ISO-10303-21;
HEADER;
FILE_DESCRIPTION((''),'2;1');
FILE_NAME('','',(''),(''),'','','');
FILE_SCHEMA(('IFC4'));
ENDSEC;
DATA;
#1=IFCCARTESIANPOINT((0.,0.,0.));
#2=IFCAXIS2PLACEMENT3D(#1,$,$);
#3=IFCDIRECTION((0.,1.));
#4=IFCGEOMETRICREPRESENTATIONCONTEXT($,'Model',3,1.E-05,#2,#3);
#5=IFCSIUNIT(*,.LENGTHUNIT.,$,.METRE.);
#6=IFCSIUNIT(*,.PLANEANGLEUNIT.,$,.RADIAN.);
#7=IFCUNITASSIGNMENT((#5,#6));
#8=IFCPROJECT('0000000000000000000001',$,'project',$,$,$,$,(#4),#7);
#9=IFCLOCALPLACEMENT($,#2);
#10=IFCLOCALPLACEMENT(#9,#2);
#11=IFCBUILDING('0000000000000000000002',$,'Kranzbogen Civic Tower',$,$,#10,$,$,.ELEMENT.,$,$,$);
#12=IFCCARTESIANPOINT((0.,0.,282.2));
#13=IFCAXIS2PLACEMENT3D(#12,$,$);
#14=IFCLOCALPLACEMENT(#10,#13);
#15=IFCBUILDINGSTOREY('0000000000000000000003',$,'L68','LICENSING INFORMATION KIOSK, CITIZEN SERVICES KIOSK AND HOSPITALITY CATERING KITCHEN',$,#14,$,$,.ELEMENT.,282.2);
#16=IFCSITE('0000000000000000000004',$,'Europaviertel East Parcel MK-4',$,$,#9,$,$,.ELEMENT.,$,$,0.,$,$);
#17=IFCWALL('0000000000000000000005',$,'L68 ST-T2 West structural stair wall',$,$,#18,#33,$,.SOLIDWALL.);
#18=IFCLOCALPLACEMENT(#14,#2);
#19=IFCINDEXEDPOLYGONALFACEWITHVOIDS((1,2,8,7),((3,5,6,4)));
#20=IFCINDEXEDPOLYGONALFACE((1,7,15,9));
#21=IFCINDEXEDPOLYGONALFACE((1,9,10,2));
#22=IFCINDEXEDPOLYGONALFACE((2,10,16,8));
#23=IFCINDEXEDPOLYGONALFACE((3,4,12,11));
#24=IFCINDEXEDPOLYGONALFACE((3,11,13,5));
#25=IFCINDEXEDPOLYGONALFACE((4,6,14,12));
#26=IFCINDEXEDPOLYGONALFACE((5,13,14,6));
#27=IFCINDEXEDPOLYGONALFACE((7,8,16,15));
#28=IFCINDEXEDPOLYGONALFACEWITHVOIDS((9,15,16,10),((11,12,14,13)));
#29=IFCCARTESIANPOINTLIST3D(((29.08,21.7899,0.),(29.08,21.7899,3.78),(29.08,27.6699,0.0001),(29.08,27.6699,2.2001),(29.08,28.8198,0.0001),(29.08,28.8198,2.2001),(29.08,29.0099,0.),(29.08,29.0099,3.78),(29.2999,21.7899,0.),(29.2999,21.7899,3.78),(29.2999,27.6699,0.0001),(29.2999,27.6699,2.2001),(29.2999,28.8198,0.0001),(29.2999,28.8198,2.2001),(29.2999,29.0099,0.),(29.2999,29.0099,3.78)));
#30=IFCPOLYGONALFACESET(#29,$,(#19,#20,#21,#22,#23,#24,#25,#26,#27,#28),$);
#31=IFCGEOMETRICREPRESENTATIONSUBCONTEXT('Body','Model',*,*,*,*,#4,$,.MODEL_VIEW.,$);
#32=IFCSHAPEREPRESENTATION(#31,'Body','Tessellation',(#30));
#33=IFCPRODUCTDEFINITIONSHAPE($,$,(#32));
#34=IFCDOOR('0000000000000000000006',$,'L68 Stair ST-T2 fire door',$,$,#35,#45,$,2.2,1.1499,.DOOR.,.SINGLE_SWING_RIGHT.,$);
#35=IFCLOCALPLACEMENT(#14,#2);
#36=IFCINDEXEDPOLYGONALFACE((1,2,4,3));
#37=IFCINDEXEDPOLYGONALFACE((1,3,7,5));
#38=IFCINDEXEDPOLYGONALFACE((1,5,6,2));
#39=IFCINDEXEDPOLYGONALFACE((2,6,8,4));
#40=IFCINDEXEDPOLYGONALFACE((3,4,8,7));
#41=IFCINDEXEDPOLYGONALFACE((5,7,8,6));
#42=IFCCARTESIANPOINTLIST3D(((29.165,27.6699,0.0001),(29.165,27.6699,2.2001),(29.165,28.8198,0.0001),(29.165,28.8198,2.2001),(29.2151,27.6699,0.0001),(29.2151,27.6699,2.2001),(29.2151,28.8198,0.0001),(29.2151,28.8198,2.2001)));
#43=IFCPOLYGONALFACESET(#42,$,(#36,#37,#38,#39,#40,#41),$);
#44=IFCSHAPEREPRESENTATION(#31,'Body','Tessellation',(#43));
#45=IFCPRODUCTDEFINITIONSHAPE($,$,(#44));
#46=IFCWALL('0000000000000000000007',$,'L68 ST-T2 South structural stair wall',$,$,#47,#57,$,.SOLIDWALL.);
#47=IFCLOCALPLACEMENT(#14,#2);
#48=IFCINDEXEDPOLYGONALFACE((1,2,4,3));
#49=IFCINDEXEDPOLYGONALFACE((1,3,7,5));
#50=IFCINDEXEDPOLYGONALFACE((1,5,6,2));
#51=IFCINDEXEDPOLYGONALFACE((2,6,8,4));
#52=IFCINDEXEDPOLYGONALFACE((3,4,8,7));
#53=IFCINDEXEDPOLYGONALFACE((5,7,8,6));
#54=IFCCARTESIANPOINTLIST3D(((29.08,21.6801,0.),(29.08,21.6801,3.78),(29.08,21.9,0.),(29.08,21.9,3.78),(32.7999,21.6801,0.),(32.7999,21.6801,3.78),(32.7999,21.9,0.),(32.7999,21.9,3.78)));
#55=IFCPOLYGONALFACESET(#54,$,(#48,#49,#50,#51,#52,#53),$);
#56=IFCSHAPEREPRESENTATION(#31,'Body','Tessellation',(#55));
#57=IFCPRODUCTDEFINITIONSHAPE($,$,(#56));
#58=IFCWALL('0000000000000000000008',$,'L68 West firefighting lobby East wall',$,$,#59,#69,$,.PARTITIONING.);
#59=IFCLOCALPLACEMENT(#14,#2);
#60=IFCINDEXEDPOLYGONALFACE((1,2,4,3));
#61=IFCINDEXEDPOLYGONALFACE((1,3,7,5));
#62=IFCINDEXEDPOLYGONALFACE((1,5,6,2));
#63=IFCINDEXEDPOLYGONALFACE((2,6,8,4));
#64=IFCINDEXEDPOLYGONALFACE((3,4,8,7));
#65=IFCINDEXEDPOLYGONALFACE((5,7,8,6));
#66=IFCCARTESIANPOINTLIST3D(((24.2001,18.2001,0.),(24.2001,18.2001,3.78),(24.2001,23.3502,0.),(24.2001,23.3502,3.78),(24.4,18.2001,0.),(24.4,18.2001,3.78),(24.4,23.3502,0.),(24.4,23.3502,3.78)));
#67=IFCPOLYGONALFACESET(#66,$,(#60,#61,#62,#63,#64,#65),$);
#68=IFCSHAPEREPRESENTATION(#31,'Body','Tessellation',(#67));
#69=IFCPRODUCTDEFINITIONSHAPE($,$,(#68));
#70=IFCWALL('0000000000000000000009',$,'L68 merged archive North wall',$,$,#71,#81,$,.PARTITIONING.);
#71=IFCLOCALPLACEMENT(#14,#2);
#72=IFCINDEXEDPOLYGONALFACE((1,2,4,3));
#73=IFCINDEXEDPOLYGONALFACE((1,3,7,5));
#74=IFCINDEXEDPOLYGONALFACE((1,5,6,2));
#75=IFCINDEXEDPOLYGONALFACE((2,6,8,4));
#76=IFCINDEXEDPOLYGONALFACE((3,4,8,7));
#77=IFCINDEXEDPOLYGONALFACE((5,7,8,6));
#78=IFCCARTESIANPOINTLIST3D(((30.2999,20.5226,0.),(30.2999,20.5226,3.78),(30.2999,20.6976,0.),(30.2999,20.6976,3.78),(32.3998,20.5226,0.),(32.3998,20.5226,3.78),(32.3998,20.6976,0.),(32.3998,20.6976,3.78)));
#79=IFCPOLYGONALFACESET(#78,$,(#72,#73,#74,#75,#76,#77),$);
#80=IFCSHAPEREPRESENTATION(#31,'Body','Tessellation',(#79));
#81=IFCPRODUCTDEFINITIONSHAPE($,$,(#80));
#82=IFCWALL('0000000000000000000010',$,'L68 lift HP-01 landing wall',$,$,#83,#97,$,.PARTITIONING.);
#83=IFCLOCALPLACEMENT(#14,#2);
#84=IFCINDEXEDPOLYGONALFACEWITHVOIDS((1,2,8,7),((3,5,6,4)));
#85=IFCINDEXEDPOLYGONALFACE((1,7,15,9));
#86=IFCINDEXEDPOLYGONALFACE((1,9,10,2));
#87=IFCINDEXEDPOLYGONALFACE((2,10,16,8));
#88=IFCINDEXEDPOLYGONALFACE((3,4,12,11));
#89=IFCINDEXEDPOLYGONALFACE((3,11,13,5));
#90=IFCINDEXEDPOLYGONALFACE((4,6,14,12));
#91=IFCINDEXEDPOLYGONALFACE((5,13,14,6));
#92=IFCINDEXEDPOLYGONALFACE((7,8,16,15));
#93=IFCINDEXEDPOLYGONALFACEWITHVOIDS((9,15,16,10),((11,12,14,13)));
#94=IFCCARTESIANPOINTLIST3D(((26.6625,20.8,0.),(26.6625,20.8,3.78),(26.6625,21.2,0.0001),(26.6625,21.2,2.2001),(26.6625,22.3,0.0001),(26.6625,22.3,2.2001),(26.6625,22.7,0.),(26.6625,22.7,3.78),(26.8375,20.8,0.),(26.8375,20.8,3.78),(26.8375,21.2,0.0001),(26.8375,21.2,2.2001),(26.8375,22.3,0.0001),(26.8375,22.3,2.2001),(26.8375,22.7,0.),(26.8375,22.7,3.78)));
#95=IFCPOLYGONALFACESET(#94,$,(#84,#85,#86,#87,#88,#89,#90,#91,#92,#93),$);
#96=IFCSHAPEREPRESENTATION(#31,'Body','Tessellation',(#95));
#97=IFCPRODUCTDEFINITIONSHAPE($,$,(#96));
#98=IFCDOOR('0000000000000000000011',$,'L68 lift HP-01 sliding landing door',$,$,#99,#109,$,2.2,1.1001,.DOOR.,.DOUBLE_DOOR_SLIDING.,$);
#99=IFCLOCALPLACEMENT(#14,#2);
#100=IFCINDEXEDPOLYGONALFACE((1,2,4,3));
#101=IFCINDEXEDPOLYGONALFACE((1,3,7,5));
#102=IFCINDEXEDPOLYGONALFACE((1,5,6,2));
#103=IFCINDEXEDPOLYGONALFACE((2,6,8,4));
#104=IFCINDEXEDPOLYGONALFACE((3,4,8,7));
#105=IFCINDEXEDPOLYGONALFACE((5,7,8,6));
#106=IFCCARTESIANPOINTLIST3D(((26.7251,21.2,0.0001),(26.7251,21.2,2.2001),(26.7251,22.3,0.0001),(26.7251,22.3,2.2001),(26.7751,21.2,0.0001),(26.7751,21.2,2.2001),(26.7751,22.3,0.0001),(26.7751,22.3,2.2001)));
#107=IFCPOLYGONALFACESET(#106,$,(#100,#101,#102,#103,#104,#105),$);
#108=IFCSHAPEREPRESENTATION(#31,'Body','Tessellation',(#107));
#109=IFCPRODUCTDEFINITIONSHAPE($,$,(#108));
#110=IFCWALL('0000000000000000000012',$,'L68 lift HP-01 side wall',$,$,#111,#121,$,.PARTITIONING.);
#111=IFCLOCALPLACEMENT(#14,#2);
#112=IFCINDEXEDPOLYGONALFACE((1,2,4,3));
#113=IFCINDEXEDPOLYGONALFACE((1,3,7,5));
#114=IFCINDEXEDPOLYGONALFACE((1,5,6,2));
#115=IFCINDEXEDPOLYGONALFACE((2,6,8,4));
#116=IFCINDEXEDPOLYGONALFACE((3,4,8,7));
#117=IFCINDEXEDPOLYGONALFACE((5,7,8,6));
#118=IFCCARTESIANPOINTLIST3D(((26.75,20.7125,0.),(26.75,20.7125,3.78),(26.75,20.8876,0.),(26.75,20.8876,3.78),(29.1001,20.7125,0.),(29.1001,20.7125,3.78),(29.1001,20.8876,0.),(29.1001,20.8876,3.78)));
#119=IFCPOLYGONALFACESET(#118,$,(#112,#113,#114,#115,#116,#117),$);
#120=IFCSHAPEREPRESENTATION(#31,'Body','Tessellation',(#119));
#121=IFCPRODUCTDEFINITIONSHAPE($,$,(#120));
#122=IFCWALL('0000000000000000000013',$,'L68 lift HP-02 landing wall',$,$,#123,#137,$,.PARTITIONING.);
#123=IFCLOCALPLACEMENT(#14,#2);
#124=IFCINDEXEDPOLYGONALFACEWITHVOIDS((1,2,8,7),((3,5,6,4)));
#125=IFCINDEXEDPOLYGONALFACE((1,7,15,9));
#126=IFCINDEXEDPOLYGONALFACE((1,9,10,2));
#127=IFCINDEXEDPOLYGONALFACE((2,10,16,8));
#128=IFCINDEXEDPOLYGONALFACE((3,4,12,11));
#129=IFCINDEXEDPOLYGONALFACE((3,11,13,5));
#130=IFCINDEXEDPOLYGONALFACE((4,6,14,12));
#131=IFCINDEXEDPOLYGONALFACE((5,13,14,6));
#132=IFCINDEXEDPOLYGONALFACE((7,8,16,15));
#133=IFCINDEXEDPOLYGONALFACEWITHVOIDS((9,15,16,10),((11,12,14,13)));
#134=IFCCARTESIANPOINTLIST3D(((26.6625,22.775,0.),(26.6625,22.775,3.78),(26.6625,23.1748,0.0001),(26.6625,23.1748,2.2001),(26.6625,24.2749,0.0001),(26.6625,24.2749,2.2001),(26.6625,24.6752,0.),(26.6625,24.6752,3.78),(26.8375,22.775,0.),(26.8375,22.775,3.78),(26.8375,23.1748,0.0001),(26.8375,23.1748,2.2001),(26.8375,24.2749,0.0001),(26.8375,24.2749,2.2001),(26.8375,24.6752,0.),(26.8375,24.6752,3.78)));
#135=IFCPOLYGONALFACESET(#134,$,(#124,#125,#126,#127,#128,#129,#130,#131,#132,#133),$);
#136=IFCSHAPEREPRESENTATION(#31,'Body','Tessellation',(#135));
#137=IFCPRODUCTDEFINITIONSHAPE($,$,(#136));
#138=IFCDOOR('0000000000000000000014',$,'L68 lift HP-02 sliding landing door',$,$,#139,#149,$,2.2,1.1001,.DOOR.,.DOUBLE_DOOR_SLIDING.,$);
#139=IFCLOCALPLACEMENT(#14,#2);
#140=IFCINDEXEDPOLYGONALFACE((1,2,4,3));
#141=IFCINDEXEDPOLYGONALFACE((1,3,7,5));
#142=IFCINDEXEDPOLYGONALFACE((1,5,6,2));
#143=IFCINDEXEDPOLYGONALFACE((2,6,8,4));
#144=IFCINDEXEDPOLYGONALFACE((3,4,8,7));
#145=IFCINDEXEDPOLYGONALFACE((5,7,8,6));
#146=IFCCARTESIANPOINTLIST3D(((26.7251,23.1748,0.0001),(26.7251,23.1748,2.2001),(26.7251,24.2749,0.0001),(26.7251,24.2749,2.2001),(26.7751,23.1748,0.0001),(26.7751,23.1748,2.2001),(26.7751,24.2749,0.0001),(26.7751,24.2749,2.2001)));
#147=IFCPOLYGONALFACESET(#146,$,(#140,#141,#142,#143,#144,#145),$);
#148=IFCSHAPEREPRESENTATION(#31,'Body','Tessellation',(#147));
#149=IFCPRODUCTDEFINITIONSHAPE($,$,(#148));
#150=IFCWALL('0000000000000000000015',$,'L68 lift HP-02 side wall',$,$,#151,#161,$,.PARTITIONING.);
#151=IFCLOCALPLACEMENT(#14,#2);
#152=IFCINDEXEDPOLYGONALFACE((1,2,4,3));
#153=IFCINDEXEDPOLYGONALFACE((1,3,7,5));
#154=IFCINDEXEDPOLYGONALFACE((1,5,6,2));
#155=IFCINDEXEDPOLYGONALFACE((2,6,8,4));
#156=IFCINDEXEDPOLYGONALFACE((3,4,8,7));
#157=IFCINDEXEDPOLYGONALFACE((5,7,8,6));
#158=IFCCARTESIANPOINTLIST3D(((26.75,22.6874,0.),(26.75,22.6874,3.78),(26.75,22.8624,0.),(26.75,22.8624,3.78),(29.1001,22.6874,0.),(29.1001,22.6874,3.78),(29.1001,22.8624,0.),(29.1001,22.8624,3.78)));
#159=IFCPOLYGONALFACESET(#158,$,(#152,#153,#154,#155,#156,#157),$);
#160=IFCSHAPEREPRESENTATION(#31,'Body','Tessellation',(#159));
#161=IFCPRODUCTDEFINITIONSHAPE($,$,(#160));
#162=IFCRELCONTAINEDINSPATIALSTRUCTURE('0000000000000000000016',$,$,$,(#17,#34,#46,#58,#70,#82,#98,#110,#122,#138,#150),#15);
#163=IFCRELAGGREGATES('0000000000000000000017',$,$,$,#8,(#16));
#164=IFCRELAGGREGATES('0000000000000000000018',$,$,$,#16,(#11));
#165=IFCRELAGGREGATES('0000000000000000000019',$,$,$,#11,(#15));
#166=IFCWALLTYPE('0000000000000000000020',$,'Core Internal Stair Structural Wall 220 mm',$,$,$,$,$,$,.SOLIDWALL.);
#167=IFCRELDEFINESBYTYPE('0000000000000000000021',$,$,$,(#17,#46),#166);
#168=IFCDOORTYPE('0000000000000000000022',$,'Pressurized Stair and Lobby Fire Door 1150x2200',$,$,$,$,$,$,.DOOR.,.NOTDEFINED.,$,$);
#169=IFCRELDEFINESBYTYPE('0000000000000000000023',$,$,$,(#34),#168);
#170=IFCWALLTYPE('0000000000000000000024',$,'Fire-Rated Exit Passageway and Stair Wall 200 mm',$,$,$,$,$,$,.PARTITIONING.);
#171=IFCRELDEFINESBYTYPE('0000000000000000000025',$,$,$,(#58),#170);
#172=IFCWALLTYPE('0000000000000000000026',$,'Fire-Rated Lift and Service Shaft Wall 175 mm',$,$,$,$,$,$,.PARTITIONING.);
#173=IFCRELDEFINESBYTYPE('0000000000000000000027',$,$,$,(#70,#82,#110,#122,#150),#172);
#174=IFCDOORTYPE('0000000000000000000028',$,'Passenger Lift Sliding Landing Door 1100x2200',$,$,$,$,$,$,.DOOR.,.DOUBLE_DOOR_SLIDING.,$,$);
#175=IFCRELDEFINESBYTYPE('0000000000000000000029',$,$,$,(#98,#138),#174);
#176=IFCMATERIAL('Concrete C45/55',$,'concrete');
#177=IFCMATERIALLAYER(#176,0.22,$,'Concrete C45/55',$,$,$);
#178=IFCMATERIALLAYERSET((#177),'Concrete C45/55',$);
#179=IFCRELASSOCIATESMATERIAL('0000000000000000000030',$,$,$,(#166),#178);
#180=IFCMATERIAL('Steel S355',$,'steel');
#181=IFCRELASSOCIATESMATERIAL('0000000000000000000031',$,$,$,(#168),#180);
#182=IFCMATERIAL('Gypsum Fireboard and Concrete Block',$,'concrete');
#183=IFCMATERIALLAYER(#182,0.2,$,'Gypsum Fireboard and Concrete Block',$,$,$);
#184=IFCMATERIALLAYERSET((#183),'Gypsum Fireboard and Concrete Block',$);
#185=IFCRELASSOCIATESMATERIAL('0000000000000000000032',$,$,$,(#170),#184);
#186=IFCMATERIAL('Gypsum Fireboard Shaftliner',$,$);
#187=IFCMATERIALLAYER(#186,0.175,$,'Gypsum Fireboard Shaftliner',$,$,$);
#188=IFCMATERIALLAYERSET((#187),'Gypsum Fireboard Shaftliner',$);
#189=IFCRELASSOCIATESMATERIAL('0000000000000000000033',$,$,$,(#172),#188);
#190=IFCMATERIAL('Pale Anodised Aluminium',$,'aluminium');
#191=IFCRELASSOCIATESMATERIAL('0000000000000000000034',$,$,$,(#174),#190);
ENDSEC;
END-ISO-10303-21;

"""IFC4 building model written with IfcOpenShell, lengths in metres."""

from ifc_helpers import new_model, si_unit, direction, frame, frame_2d, origin, place, context, subcontext, project, spatial, rectangle, extrude, material, layer, layer_set, type_object, element, fill, save


model = new_model("IFC4")

# Units and contexts
model_context = context("Model", 3, precision=1e-05, world=origin(), true_north=direction((0.0, 1.0)))
body_context = subcontext(model_context, "Body", "Model", "MODEL_VIEW")
ifc_project = project(units=[si_unit("LENGTHUNIT", "METRE"), si_unit("PLANEANGLEUNIT", "RADIAN")], contexts=[model_context])

# Site, building, storey
site_placement = place(None, origin())
site = spatial("IfcSite", under=ifc_project, at=site_placement, Name="Europaviertel East Parcel MK-4", CompositionType="ELEMENT", RefElevation=0.0)
building_placement = place(site_placement, origin())
building = spatial("IfcBuilding", under=site, at=building_placement, Name="Kranzbogen Civic Tower", CompositionType="ELEMENT")
storey_placement = place(building_placement, frame((0.0, 0.0, 282.2)))
storey = spatial("IfcBuildingStorey", under=building, at=storey_placement, Name="L68", Description="LICENSING INFORMATION KIOSK, CITIZEN SERVICES KIOSK AND HOSPITALITY CATERING KITCHEN", CompositionType="ELEMENT", Elevation=282.2)

# Shared definitions
ifc_material_1 = material(Name="Steel S355", Category="steel")

# Shared definitions
ifc_material_2 = material(Name="Pale Anodised Aluminium", Category="aluminium")

# Shared definitions
ifc_material_3 = material(Name="Concrete C45/55", Category="concrete")

# Wall, opening, door
ifc_layer_1 = layer(ifc_material_3, 0.22, Name="Concrete C45/55")
ifc_layer_set_1 = layer_set([ifc_layer_1], Name="Concrete C45/55")
wall_type_1 = type_object("IfcWallType", Name="Core Internal Stair Structural Wall 220 mm", PredefinedType="SOLIDWALL", material=ifc_layer_set_1)
wall_1_placement = place(storey_placement, frame((29.1899, 21.79, 0.0), z_axis=(0.0, 0.0, 1.0), x_axis=(0.0, 1.0, 0.0)))
wall_1 = element("IfcWall", 1, at=wall_1_placement, inside=storey, type_object=wall_type_1, Name="L68 ST-T2 West structural stair wall", PredefinedType="SOLIDWALL", context=body_context, shape_type="SweptSolid", body=[
    extrude(rectangle(XDim=7.22, YDim=0.22, at=frame_2d((3.6099, 0.0))), origin(), (0.0, 0.0, 1.0), 3.78),
])
opening_1_placement = place(wall_1_placement, frame((5.8799, 0.0, 0.0)))
opening_1 = element("IfcOpeningElement", 2, at=opening_1_placement, cuts=wall_1, PredefinedType="OPENING", context=body_context, shape_type="SweptSolid", body=[
    extrude(rectangle(XDim=1.1499, YDim=2.2, at=frame_2d((0.575, 1.1001))), frame((0.0, 0.1201, 0.0), z_axis=(0.0, -1.0, 0.0), x_axis=(1.0, 0.0, 0.0)), (0.0, 0.0, 1.0), 0.24),
])
door_type_1 = type_object("IfcDoorType", Name="Pressurized Stair and Lobby Fire Door 1150x2200", OperationType="NOTDEFINED", PredefinedType="DOOR", material=ifc_material_1)
door_1_placement = place(opening_1_placement, origin())
door_1 = element("IfcDoor", 3, at=door_1_placement, inside=storey, type_object=door_type_1, Name="L68 Stair ST-T2 fire door", OperationType="SINGLE_SWING_RIGHT", OverallHeight=2.2, OverallWidth=1.1499, PredefinedType="DOOR", context=body_context, shape_type="SweptSolid", body=[
    extrude(rectangle(XDim=1.1499, YDim=2.2, at=frame_2d((0.575, 1.1001))), frame((0.0, 0.0249, 0.0), z_axis=(0.0, -1.0, 0.0), x_axis=(1.0, 0.0, 0.0)), (0.0, 0.0, 1.0), 0.05),
])
fill(opening_1, door_1)

# Walls
wall_2_placement = place(storey_placement, frame((29.0801, 21.79, 0.0), z_axis=(0.0, 0.0, 1.0), x_axis=(1.0, 0.0, 0.0)))
element("IfcWall", 4, at=wall_2_placement, inside=storey, type_object=wall_type_1, Name="L68 ST-T2 South structural stair wall", PredefinedType="SOLIDWALL", context=body_context, shape_type="SweptSolid", body=[
    extrude(rectangle(XDim=3.72, YDim=0.22, at=frame_2d((1.8599, 0.0))), origin(), (0.0, 0.0, 1.0), 3.78),
])
ifc_material_4 = material(Name="Gypsum Fireboard and Concrete Block", Category="concrete")
ifc_layer_2 = layer(ifc_material_4, 0.2, Name="Gypsum Fireboard and Concrete Block")
ifc_layer_set_2 = layer_set([ifc_layer_2], Name="Gypsum Fireboard and Concrete Block")
wall_type_2 = type_object("IfcWallType", Name="Fire-Rated Exit Passageway and Stair Wall 200 mm", PredefinedType="PARTITIONING", material=ifc_layer_set_2)
wall_3_placement = place(storey_placement, frame((24.3, 18.2, 0.0), z_axis=(0.0, 0.0, 1.0), x_axis=(0.0, 1.0, 0.0)))
element("IfcWall", 5, at=wall_3_placement, inside=storey, type_object=wall_type_2, Name="L68 West firefighting lobby East wall", PredefinedType="PARTITIONING", context=body_context, shape_type="SweptSolid", body=[
    extrude(rectangle(XDim=5.1501, YDim=0.2, at=frame_2d((2.5752, 0.0))), origin(), (0.0, 0.0, 1.0), 3.78),
])
ifc_material_5 = material(Name="Gypsum Fireboard Shaftliner")
ifc_layer_3 = layer(ifc_material_5, 0.175, Name="Gypsum Fireboard Shaftliner")
ifc_layer_set_3 = layer_set([ifc_layer_3], Name="Gypsum Fireboard Shaftliner")
wall_type_3 = type_object("IfcWallType", Name="Fire-Rated Lift and Service Shaft Wall 175 mm", PredefinedType="PARTITIONING", material=ifc_layer_set_3)
wall_4_placement = place(storey_placement, frame((30.3, 20.6101, 0.0), z_axis=(0.0, 0.0, 1.0), x_axis=(1.0, 0.0, 0.0)))
element("IfcWall", 6, at=wall_4_placement, inside=storey, type_object=wall_type_3, Name="L68 merged archive North wall", PredefinedType="PARTITIONING", context=body_context, shape_type="SweptSolid", body=[
    extrude(rectangle(XDim=2.0999, YDim=0.175, at=frame_2d((1.0498, 0.0))), origin(), (0.0, 0.0, 1.0), 3.78),
])

# Wall, opening, door
wall_5_placement = place(storey_placement, frame((26.75, 20.8, 0.0), z_axis=(0.0, 0.0, 1.0), x_axis=(0.0, 1.0, 0.0)))
wall_5 = element("IfcWall", 7, at=wall_5_placement, inside=storey, type_object=wall_type_3, Name="L68 lift HP-01 landing wall", PredefinedType="PARTITIONING", context=body_context, shape_type="SweptSolid", body=[
    extrude(rectangle(XDim=1.8999, YDim=0.175, at=frame_2d((0.95, 0.0))), origin(), (0.0, 0.0, 1.0), 3.78),
])
opening_2_placement = place(wall_5_placement, frame((0.3999, 0.0, 0.0)))
opening_2 = element("IfcOpeningElement", 8, at=opening_2_placement, cuts=wall_5, PredefinedType="OPENING", context=body_context, shape_type="SweptSolid", body=[
    extrude(rectangle(XDim=1.1001, YDim=2.2, at=frame_2d((0.55, 1.1001))), frame((0.0, 0.0977, 0.0), z_axis=(0.0, -1.0, 0.0), x_axis=(1.0, 0.0, 0.0)), (0.0, 0.0, 1.0), 0.1951),
])
door_type_2 = type_object("IfcDoorType", Name="Passenger Lift Sliding Landing Door 1100x2200", OperationType="DOUBLE_DOOR_SLIDING", PredefinedType="DOOR", material=ifc_material_2)
door_2_placement = place(opening_2_placement, origin())
door_2 = element("IfcDoor", 9, at=door_2_placement, inside=storey, type_object=door_type_2, Name="L68 lift HP-01 sliding landing door", OperationType="DOUBLE_DOOR_SLIDING", OverallHeight=2.2, OverallWidth=1.1001, PredefinedType="DOOR", context=body_context, shape_type="SweptSolid", body=[
    extrude(rectangle(XDim=1.1001, YDim=2.2, at=frame_2d((0.55, 1.1001))), frame((0.0, 0.0249, 0.0), z_axis=(0.0, -1.0, 0.0), x_axis=(1.0, 0.0, 0.0)), (0.0, 0.0, 1.0), 0.05),
])
fill(opening_2, door_2)

# Wall
wall_6_placement = place(storey_placement, frame((26.75, 20.8, 0.0), z_axis=(0.0, 0.0, 1.0), x_axis=(1.0, 0.0, 0.0)))
element("IfcWall", 10, at=wall_6_placement, inside=storey, type_object=wall_type_3, Name="L68 lift HP-01 side wall", PredefinedType="PARTITIONING", context=body_context, shape_type="SweptSolid", body=[
    extrude(rectangle(XDim=2.3501, YDim=0.175, at=frame_2d((1.175, 0.0))), origin(), (0.0, 0.0, 1.0), 3.78),
])

# Wall, opening, door
wall_7_placement = place(storey_placement, frame((26.75, 22.7749, 0.0), z_axis=(0.0, 0.0, 1.0), x_axis=(0.0, 1.0, 0.0)))
wall_7 = element("IfcWall", 11, at=wall_7_placement, inside=storey, type_object=wall_type_3, Name="L68 lift HP-02 landing wall", PredefinedType="PARTITIONING", context=body_context, shape_type="SweptSolid", body=[
    extrude(rectangle(XDim=1.9001, YDim=0.175, at=frame_2d((0.9502, 0.0))), origin(), (0.0, 0.0, 1.0), 3.78),
])
opening_3_placement = place(wall_7_placement, frame((0.3999, 0.0, 0.0)))
opening_3 = element("IfcOpeningElement", 12, at=opening_3_placement, cuts=wall_7, PredefinedType="OPENING", context=body_context, shape_type="SweptSolid", body=[
    extrude(rectangle(XDim=1.1001, YDim=2.2, at=frame_2d((0.55, 1.1001))), frame((0.0, 0.0977, 0.0), z_axis=(0.0, -1.0, 0.0), x_axis=(1.0, 0.0, 0.0)), (0.0, 0.0, 1.0), 0.1951),
])
door_3_placement = place(opening_3_placement, origin())
door_3 = element("IfcDoor", 13, at=door_3_placement, inside=storey, type_object=door_type_2, Name="L68 lift HP-02 sliding landing door", OperationType="DOUBLE_DOOR_SLIDING", OverallHeight=2.2, OverallWidth=1.1001, PredefinedType="DOOR", context=body_context, shape_type="SweptSolid", body=[
    extrude(rectangle(XDim=1.1001, YDim=2.2, at=frame_2d((0.55, 1.1001))), frame((0.0, 0.0249, 0.0), z_axis=(0.0, -1.0, 0.0), x_axis=(1.0, 0.0, 0.0)), (0.0, 0.0, 1.0), 0.05),
])
fill(opening_3, door_3)

# Wall
wall_8_placement = place(storey_placement, frame((26.75, 22.7749, 0.0), z_axis=(0.0, 0.0, 1.0), x_axis=(1.0, 0.0, 0.0)))
element("IfcWall", 14, at=wall_8_placement, inside=storey, type_object=wall_type_3, Name="L68 lift HP-02 side wall", PredefinedType="PARTITIONING", context=body_context, shape_type="SweptSolid", body=[
    extrude(rectangle(XDim=2.3501, YDim=0.175, at=frame_2d((1.175, 0.0))), origin(), (0.0, 0.0, 1.0), 3.78),
])

save(model, "model.ifc")
